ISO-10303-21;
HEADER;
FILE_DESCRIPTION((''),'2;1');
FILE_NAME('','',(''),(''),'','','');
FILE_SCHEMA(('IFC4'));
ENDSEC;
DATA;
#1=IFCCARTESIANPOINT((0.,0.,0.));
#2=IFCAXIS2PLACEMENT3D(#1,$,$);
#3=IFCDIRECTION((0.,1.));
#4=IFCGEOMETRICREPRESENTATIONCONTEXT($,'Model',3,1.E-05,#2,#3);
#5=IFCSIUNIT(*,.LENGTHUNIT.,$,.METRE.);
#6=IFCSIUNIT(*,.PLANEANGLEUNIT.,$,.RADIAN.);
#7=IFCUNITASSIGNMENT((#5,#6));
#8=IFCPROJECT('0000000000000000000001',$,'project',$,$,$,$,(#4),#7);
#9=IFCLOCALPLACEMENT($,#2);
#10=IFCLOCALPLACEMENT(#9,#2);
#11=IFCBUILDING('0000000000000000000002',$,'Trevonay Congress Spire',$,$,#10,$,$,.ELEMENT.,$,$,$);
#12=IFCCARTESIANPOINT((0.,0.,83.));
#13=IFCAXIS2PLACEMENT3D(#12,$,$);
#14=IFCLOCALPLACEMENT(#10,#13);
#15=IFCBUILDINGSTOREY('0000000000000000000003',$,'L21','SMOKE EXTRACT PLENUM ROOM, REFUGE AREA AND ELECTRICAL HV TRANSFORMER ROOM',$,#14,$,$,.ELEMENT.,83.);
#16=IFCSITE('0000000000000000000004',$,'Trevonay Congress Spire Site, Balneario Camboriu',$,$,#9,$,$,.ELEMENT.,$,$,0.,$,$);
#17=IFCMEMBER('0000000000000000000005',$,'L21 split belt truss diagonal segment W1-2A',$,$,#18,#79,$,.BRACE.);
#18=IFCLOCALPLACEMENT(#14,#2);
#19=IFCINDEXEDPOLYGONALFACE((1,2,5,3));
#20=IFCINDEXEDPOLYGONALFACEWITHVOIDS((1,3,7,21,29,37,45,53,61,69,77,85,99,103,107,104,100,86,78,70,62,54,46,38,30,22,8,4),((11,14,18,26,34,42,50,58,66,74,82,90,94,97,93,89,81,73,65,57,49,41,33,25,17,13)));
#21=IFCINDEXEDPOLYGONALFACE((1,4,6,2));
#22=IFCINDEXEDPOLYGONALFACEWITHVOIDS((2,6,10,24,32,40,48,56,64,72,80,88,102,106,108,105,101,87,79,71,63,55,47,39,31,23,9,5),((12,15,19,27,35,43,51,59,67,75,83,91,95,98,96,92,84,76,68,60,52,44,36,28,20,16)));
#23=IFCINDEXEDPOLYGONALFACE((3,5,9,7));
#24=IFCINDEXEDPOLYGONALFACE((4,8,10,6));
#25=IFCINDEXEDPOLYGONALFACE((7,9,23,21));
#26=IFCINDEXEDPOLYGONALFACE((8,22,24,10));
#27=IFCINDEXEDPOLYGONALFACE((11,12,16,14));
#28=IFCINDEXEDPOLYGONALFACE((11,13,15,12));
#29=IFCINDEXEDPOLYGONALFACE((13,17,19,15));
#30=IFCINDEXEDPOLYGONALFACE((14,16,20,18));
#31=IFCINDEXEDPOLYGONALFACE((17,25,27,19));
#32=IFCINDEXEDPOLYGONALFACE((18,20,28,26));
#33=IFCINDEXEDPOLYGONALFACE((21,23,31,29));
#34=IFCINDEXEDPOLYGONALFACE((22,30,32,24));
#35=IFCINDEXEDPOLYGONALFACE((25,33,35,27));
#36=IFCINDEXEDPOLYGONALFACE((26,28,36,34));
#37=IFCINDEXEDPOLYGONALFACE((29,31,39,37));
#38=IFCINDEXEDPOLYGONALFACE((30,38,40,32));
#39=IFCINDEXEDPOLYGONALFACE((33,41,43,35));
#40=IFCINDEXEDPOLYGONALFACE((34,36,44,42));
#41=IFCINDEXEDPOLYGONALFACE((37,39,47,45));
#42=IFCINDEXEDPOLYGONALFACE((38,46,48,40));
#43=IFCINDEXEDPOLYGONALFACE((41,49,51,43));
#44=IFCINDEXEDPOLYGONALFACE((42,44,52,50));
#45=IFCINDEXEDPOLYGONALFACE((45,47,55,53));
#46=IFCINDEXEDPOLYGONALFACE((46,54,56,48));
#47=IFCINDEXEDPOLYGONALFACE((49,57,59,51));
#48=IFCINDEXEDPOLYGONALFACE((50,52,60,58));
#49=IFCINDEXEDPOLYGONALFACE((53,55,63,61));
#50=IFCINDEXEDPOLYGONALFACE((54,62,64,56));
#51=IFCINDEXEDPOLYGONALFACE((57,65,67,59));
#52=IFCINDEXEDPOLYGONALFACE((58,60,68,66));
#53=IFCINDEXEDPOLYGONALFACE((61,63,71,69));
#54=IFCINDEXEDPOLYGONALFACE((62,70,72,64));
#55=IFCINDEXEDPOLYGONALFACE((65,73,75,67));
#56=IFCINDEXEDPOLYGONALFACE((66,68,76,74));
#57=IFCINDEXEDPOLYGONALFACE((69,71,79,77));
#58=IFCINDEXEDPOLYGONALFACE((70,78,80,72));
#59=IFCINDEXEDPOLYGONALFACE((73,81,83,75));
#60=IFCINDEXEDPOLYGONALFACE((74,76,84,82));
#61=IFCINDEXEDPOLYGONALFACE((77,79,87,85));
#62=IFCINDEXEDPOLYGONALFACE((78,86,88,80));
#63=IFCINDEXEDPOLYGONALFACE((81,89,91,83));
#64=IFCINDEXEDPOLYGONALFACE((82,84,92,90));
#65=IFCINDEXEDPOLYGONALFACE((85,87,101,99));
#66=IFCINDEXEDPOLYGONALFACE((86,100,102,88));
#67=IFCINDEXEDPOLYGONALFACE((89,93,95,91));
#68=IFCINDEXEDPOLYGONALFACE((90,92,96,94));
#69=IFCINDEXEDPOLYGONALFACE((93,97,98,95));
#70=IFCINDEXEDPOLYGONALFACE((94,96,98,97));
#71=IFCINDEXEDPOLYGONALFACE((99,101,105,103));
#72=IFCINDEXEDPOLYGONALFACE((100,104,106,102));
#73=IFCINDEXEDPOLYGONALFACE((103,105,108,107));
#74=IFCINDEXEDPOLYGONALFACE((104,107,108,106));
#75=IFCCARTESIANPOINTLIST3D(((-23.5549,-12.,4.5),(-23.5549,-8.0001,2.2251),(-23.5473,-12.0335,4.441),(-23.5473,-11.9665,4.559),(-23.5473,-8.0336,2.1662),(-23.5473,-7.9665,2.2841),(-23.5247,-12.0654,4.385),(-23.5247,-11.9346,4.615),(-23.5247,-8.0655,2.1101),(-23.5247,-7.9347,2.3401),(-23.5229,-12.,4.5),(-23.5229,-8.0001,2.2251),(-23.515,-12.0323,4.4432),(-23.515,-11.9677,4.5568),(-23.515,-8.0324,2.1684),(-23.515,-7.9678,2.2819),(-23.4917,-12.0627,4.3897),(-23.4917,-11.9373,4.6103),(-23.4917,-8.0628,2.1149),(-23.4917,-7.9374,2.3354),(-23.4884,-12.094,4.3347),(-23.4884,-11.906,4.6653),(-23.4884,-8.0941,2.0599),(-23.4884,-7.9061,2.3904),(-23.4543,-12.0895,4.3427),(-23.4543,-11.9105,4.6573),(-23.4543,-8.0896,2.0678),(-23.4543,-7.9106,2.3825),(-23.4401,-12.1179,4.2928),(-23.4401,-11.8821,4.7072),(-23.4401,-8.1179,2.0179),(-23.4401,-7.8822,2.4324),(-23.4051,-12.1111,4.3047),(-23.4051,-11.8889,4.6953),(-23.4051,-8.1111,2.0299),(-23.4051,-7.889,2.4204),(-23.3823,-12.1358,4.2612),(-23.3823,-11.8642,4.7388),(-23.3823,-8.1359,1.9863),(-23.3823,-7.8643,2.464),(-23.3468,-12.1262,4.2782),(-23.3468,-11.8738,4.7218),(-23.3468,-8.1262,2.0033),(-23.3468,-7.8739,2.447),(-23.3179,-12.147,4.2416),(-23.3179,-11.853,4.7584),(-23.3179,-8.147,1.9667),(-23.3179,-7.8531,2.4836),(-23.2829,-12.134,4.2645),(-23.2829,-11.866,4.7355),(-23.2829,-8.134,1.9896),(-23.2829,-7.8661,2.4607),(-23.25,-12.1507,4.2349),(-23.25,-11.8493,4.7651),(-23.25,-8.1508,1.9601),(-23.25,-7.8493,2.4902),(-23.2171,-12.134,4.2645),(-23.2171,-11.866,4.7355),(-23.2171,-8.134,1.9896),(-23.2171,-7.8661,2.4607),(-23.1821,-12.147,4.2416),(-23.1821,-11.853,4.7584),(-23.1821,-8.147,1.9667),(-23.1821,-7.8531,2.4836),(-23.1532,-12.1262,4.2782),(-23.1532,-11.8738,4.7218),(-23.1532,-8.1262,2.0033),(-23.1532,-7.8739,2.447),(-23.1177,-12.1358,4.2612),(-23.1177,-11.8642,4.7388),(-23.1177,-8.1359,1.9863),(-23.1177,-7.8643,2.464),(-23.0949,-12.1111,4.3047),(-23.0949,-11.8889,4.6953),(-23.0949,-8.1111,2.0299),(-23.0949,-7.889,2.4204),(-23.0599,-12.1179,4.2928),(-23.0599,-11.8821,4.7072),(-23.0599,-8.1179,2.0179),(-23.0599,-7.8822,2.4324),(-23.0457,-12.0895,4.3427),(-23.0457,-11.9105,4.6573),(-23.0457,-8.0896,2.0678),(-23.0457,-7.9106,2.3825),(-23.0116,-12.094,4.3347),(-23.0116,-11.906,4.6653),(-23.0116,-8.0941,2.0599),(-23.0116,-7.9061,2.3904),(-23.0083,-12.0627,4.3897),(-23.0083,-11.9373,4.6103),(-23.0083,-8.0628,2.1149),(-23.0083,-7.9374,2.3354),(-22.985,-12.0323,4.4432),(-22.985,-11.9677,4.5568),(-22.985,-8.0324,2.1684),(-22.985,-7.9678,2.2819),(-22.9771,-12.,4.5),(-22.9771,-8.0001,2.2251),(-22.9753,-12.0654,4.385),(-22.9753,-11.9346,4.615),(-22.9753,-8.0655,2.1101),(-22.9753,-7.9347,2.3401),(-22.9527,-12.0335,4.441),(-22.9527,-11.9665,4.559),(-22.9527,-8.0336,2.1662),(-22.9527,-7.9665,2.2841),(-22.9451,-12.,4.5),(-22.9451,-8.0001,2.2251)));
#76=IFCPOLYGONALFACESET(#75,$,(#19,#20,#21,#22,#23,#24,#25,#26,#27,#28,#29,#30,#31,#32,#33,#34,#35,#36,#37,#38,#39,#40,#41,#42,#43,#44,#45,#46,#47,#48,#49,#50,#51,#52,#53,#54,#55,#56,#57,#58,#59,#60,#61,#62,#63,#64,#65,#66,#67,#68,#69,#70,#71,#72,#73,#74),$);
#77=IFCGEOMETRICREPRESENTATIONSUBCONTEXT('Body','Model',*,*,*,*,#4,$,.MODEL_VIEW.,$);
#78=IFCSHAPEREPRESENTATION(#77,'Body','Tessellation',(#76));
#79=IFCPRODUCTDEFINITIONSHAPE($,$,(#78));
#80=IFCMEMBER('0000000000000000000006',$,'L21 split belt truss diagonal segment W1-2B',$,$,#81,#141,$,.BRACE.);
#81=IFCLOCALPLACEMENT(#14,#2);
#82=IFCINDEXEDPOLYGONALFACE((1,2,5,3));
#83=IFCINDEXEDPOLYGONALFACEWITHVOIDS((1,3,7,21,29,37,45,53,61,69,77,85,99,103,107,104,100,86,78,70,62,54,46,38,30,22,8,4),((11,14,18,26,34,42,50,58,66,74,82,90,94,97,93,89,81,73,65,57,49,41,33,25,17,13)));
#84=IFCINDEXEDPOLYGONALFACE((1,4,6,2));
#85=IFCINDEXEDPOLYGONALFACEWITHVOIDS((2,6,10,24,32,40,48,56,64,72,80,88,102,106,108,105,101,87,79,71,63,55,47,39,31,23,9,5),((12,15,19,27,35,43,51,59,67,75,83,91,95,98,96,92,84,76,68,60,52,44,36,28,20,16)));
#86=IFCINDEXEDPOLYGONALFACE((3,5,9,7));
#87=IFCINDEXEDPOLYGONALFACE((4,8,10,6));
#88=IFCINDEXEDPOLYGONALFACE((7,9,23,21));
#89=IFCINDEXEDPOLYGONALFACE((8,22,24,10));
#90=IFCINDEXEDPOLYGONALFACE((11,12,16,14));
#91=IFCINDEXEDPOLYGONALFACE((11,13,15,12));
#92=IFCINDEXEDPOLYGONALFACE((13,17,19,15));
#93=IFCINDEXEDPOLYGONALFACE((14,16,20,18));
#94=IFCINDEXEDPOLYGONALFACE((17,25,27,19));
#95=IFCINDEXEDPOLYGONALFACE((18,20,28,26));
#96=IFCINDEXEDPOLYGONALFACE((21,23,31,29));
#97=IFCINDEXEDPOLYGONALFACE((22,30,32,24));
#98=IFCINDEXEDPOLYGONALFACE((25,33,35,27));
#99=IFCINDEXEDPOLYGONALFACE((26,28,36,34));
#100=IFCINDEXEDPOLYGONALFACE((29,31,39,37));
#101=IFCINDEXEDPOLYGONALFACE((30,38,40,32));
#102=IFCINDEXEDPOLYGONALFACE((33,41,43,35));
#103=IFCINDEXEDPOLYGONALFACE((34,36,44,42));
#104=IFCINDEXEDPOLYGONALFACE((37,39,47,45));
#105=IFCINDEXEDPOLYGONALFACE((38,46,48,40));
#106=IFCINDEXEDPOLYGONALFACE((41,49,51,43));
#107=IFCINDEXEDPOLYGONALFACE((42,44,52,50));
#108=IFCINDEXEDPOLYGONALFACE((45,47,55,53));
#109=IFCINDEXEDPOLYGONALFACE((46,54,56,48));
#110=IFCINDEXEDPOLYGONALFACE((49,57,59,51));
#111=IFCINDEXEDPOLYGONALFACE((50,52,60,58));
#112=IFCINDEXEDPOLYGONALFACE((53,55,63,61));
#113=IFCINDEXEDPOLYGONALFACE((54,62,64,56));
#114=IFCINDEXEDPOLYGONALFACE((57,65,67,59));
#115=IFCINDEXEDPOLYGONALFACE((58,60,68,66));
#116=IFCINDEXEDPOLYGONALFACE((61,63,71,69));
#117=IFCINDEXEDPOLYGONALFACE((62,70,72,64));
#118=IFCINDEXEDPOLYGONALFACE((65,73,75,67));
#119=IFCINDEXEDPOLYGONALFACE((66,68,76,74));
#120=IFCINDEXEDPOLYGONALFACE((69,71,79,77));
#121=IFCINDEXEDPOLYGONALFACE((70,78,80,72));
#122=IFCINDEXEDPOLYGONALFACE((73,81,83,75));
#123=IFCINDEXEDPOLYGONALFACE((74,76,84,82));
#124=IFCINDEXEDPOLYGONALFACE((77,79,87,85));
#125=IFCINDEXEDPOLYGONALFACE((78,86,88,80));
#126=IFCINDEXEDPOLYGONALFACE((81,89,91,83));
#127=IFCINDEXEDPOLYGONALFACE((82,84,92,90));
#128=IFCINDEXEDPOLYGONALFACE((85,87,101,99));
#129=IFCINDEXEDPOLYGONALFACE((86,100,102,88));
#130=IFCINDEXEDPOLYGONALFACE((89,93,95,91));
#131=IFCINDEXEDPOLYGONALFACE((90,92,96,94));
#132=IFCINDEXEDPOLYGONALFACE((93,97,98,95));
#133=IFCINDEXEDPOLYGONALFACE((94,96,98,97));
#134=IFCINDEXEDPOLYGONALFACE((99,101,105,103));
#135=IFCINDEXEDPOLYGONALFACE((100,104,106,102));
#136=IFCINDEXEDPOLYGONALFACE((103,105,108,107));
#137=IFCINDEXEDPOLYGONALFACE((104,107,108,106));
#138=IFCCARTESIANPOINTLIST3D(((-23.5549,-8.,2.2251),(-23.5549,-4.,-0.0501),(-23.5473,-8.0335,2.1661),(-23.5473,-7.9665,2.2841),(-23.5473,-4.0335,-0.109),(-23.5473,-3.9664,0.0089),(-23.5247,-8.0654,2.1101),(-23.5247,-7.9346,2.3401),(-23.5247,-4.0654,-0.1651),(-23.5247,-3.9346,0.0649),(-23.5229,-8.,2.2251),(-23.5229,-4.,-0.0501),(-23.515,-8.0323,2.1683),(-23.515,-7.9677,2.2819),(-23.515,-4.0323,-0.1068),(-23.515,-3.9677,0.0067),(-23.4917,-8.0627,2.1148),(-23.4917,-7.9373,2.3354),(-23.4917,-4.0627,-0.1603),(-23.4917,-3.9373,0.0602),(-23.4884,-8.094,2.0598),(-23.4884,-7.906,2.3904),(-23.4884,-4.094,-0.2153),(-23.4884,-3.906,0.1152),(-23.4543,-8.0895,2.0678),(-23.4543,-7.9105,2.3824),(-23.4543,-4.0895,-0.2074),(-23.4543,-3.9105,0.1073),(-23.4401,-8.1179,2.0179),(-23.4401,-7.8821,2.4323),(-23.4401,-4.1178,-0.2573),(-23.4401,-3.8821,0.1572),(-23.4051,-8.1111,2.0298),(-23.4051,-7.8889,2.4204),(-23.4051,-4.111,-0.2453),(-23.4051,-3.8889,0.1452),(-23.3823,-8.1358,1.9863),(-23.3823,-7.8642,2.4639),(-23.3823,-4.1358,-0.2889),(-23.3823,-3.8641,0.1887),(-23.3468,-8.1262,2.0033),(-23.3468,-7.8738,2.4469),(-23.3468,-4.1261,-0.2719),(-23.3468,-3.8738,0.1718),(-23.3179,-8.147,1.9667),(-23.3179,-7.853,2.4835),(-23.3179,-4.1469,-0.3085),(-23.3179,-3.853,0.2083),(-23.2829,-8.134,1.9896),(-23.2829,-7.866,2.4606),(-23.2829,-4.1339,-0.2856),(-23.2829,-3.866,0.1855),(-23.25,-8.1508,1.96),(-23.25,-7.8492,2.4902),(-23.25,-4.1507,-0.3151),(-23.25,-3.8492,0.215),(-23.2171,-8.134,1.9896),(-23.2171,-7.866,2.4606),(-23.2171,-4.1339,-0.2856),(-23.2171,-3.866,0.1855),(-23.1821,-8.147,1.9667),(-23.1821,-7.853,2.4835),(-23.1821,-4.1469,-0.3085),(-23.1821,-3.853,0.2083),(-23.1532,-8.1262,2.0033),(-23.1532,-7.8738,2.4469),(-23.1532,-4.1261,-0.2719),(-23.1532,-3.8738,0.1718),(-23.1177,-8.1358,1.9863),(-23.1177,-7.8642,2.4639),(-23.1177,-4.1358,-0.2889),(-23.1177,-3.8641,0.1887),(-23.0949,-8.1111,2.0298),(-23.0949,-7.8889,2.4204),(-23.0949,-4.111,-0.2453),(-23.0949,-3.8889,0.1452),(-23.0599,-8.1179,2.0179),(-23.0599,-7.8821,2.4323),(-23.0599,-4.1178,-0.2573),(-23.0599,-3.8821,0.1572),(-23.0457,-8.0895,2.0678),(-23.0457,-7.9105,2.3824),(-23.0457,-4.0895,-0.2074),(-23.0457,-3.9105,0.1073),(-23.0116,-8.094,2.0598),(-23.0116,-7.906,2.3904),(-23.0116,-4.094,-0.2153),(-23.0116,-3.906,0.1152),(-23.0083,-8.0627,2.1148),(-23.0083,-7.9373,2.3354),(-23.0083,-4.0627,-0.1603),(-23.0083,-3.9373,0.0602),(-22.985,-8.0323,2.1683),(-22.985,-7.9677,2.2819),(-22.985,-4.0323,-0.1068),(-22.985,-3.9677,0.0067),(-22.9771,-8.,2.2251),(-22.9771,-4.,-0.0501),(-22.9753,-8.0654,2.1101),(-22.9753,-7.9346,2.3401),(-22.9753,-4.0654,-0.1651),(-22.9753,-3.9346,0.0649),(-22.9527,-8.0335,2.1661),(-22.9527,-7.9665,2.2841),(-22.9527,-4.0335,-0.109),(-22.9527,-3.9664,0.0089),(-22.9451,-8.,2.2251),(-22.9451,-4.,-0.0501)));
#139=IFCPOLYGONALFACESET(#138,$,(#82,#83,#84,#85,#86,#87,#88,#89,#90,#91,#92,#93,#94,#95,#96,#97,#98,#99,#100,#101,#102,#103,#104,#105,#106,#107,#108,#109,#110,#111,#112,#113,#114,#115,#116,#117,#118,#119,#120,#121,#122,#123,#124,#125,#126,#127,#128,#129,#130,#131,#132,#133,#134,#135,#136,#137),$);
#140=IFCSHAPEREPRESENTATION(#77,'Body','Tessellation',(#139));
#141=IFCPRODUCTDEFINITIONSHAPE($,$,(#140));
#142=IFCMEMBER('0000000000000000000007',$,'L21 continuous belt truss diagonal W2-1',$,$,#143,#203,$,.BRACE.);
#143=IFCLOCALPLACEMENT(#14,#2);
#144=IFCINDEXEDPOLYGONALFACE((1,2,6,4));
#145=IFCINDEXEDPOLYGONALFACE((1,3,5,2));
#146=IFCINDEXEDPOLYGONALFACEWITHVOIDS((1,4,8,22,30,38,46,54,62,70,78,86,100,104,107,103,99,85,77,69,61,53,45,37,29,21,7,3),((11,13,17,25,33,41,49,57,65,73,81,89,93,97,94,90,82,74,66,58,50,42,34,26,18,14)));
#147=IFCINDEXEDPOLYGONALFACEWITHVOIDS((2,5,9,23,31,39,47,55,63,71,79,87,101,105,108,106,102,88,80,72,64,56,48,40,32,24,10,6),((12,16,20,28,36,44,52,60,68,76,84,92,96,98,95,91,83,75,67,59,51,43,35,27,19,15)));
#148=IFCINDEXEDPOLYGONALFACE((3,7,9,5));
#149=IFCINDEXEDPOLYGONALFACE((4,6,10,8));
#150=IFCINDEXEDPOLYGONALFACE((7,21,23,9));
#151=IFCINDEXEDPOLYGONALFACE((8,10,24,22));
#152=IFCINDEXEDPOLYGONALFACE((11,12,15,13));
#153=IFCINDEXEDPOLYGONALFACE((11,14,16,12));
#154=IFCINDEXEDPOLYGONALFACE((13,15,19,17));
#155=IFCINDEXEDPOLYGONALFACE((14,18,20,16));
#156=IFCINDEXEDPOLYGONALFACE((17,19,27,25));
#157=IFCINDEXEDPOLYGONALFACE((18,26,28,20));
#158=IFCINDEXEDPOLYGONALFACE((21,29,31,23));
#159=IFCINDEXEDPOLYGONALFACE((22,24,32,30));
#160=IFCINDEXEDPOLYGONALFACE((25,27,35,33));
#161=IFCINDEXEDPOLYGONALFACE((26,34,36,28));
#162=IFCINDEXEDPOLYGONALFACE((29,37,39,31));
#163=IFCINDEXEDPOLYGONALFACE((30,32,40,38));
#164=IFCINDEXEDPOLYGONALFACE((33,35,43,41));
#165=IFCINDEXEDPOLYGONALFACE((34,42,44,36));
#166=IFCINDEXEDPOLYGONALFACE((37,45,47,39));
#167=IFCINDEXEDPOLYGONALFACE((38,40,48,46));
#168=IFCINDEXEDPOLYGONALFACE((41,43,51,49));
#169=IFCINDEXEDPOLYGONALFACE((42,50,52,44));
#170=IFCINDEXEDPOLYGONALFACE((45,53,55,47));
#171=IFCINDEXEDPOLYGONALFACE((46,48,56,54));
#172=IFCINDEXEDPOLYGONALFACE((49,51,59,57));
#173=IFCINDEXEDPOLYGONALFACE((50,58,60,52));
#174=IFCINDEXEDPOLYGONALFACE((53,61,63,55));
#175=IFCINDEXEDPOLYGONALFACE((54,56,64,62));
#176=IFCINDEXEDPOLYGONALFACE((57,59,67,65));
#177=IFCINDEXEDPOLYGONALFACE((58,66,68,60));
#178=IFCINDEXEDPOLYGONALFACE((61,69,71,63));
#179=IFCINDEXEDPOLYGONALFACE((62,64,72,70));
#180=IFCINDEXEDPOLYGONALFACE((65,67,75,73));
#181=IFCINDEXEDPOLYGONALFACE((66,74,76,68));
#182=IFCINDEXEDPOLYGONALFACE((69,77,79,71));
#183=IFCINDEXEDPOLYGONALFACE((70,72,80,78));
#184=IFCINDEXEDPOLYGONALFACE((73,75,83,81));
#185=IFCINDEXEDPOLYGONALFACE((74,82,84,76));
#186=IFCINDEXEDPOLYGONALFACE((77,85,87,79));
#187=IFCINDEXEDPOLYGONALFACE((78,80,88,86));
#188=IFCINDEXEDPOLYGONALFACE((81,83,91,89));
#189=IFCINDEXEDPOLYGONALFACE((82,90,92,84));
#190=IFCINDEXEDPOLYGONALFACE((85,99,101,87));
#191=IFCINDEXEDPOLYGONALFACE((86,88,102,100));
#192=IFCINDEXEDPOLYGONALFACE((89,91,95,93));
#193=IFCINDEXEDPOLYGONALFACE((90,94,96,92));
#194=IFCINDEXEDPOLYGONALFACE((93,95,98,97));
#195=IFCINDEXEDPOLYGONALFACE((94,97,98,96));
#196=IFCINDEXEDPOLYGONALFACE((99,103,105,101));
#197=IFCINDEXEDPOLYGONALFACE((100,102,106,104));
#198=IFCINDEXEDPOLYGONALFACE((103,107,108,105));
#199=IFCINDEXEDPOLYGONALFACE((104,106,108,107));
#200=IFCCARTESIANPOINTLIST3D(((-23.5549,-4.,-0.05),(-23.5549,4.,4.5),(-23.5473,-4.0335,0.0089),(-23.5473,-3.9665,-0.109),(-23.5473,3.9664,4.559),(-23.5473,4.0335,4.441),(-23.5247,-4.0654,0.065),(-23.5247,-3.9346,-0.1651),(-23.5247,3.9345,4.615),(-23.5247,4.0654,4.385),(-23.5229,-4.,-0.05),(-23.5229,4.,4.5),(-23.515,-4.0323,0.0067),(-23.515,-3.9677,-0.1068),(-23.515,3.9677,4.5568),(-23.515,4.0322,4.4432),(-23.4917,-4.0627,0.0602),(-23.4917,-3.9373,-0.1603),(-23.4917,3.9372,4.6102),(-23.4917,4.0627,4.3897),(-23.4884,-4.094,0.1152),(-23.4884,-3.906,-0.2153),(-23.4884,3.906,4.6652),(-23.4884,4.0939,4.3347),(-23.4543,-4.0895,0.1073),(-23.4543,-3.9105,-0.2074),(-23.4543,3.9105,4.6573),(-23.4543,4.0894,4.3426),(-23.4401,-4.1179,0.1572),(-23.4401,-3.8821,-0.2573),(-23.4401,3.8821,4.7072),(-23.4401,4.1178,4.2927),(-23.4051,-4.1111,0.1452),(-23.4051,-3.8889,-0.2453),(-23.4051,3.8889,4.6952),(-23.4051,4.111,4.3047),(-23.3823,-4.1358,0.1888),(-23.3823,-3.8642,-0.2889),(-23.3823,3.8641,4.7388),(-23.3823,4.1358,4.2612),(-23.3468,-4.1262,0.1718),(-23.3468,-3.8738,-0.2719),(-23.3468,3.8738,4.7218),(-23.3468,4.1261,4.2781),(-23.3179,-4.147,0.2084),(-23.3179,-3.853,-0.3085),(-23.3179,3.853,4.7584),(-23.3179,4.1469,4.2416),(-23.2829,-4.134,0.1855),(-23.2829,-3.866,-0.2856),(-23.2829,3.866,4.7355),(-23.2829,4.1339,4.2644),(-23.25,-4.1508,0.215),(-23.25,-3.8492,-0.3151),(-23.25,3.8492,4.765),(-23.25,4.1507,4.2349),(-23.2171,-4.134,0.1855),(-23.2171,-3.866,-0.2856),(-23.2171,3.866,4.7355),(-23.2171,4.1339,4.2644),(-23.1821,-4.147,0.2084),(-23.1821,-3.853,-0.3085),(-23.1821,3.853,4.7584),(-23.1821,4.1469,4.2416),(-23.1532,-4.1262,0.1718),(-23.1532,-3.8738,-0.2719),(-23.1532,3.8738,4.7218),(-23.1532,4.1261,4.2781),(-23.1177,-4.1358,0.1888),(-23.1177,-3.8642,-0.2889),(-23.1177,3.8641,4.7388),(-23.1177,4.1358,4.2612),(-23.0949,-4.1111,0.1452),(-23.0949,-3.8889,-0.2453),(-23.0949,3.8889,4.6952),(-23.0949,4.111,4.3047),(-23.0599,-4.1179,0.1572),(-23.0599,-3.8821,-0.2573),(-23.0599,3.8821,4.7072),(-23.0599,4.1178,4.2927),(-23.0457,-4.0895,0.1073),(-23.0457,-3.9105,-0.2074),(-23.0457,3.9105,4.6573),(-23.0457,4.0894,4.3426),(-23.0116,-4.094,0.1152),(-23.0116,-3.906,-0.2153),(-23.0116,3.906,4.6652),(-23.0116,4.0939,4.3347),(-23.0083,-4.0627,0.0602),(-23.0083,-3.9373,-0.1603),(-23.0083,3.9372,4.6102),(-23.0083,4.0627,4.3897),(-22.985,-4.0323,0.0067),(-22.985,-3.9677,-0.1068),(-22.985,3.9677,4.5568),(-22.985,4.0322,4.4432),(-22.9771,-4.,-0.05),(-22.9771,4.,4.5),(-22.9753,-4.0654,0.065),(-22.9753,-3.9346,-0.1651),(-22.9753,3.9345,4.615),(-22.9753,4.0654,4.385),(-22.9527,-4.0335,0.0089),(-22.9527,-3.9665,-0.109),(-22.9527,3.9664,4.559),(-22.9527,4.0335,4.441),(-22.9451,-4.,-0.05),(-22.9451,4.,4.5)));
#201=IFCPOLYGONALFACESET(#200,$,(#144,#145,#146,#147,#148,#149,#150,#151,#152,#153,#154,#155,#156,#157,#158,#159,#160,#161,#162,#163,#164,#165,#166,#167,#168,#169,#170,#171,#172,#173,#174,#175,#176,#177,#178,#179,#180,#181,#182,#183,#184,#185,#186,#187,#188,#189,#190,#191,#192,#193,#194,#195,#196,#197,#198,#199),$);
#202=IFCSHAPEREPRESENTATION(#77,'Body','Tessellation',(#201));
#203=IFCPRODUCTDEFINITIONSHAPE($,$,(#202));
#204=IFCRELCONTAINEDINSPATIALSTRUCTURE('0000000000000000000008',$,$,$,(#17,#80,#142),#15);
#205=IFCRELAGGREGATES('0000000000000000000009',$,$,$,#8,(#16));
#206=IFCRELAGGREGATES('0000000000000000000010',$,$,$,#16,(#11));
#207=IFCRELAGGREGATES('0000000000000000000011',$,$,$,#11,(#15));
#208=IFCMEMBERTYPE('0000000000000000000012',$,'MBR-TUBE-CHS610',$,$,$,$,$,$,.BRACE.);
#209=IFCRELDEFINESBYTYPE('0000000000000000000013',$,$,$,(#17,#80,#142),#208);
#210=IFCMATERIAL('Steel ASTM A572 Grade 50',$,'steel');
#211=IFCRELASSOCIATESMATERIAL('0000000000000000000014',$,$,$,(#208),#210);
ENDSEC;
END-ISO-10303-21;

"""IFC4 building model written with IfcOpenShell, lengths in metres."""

from ifc_helpers import new_model, si_unit, direction, frame, origin, origin_2d, place, context, subcontext, project, spatial, hollow_circle, extrude, material, material_profile, profile_set, type_object, element, save


model = new_model("IFC4")

# Units and contexts
model_context = context("Model", 3, precision=1e-05, world=origin(), true_north=direction((0.0, 1.0)))
body_context = subcontext(model_context, "Body", "Model", "MODEL_VIEW")
ifc_project = project(units=[si_unit("LENGTHUNIT", "METRE"), si_unit("PLANEANGLEUNIT", "RADIAN")], contexts=[model_context])

# Site, building, storey
site_placement = place(None, origin())
site = spatial("IfcSite", under=ifc_project, at=site_placement, Name="Trevonay Congress Spire Site, Balneario Camboriu", CompositionType="ELEMENT", RefElevation=0.0)
building_placement = place(site_placement, origin())
building = spatial("IfcBuilding", under=site, at=building_placement, Name="Trevonay Congress Spire", CompositionType="ELEMENT")
storey_placement = place(building_placement, frame((0.0, 0.0, 83.0)))
storey = spatial("IfcBuildingStorey", under=building, at=storey_placement, Name="L21", Description="SMOKE EXTRACT PLENUM ROOM, REFUGE AREA AND ELECTRICAL HV TRANSFORMER ROOM", CompositionType="ELEMENT", Elevation=83.0)

# Shared definitions
ifc_material_1 = material(Name="Steel ASTM A572 Grade 50", Category="steel")

# Members
ifc_material_profile_1 = material_profile(ifc_material_1, hollow_circle(Radius=0.3049, WallThickness=0.032, at=origin_2d()), Name="CHS 610x32")
ifc_profile_set_1 = profile_set([ifc_material_profile_1], Name="Steel ASTM A572 Grade 50")
member_type = type_object("IfcMemberType", Name="MBR-TUBE-CHS610", PredefinedType="BRACE", material=ifc_profile_set_1)
member_1_placement = place(storey_placement, frame((-23.25, -12.0, 4.5), z_axis=(0.0, 0.869253, -0.494367), x_axis=(-1.0, 0.0, 0.0)))
element("IfcMember", 1, at=member_1_placement, inside=storey, type_object=member_type, Name="L21 split belt truss diagonal segment W1-2A", PredefinedType="BRACE", context=body_context, shape_type="SweptSolid", body=[
    extrude(hollow_circle(Radius=0.3049, WallThickness=0.032, at=origin_2d()), origin(), (0.0, 0.0, 1.0), 4.6016),
])
member_2_placement = place(storey_placement, frame((-23.25, -8.0, 2.2251), z_axis=(0.0, 0.869231, -0.494407), x_axis=(-1.0, 0.0, 0.0)))
element("IfcMember", 2, at=member_2_placement, inside=storey, type_object=member_type, Name="L21 split belt truss diagonal segment W1-2B", PredefinedType="BRACE", context=body_context, shape_type="SweptSolid", body=[
    extrude(hollow_circle(Radius=0.3049, WallThickness=0.032, at=origin_2d()), origin(), (0.0, 0.0, 1.0), 4.6018),
])
member_3_placement = place(storey_placement, frame((-23.25, -4.0, -0.05), z_axis=(0.0, 0.869242, 0.494387), x_axis=(-1.0, 0.0, 0.0)))
element("IfcMember", 3, at=member_3_placement, inside=storey, type_object=member_type, Name="L21 continuous belt truss diagonal W2-1", PredefinedType="BRACE", context=body_context, shape_type="SweptSolid", body=[
    extrude(hollow_circle(Radius=0.3049, WallThickness=0.032, at=origin_2d()), origin(), (0.0, 0.0, 1.0), 9.2034),
])

save(model, "model.ifc")
